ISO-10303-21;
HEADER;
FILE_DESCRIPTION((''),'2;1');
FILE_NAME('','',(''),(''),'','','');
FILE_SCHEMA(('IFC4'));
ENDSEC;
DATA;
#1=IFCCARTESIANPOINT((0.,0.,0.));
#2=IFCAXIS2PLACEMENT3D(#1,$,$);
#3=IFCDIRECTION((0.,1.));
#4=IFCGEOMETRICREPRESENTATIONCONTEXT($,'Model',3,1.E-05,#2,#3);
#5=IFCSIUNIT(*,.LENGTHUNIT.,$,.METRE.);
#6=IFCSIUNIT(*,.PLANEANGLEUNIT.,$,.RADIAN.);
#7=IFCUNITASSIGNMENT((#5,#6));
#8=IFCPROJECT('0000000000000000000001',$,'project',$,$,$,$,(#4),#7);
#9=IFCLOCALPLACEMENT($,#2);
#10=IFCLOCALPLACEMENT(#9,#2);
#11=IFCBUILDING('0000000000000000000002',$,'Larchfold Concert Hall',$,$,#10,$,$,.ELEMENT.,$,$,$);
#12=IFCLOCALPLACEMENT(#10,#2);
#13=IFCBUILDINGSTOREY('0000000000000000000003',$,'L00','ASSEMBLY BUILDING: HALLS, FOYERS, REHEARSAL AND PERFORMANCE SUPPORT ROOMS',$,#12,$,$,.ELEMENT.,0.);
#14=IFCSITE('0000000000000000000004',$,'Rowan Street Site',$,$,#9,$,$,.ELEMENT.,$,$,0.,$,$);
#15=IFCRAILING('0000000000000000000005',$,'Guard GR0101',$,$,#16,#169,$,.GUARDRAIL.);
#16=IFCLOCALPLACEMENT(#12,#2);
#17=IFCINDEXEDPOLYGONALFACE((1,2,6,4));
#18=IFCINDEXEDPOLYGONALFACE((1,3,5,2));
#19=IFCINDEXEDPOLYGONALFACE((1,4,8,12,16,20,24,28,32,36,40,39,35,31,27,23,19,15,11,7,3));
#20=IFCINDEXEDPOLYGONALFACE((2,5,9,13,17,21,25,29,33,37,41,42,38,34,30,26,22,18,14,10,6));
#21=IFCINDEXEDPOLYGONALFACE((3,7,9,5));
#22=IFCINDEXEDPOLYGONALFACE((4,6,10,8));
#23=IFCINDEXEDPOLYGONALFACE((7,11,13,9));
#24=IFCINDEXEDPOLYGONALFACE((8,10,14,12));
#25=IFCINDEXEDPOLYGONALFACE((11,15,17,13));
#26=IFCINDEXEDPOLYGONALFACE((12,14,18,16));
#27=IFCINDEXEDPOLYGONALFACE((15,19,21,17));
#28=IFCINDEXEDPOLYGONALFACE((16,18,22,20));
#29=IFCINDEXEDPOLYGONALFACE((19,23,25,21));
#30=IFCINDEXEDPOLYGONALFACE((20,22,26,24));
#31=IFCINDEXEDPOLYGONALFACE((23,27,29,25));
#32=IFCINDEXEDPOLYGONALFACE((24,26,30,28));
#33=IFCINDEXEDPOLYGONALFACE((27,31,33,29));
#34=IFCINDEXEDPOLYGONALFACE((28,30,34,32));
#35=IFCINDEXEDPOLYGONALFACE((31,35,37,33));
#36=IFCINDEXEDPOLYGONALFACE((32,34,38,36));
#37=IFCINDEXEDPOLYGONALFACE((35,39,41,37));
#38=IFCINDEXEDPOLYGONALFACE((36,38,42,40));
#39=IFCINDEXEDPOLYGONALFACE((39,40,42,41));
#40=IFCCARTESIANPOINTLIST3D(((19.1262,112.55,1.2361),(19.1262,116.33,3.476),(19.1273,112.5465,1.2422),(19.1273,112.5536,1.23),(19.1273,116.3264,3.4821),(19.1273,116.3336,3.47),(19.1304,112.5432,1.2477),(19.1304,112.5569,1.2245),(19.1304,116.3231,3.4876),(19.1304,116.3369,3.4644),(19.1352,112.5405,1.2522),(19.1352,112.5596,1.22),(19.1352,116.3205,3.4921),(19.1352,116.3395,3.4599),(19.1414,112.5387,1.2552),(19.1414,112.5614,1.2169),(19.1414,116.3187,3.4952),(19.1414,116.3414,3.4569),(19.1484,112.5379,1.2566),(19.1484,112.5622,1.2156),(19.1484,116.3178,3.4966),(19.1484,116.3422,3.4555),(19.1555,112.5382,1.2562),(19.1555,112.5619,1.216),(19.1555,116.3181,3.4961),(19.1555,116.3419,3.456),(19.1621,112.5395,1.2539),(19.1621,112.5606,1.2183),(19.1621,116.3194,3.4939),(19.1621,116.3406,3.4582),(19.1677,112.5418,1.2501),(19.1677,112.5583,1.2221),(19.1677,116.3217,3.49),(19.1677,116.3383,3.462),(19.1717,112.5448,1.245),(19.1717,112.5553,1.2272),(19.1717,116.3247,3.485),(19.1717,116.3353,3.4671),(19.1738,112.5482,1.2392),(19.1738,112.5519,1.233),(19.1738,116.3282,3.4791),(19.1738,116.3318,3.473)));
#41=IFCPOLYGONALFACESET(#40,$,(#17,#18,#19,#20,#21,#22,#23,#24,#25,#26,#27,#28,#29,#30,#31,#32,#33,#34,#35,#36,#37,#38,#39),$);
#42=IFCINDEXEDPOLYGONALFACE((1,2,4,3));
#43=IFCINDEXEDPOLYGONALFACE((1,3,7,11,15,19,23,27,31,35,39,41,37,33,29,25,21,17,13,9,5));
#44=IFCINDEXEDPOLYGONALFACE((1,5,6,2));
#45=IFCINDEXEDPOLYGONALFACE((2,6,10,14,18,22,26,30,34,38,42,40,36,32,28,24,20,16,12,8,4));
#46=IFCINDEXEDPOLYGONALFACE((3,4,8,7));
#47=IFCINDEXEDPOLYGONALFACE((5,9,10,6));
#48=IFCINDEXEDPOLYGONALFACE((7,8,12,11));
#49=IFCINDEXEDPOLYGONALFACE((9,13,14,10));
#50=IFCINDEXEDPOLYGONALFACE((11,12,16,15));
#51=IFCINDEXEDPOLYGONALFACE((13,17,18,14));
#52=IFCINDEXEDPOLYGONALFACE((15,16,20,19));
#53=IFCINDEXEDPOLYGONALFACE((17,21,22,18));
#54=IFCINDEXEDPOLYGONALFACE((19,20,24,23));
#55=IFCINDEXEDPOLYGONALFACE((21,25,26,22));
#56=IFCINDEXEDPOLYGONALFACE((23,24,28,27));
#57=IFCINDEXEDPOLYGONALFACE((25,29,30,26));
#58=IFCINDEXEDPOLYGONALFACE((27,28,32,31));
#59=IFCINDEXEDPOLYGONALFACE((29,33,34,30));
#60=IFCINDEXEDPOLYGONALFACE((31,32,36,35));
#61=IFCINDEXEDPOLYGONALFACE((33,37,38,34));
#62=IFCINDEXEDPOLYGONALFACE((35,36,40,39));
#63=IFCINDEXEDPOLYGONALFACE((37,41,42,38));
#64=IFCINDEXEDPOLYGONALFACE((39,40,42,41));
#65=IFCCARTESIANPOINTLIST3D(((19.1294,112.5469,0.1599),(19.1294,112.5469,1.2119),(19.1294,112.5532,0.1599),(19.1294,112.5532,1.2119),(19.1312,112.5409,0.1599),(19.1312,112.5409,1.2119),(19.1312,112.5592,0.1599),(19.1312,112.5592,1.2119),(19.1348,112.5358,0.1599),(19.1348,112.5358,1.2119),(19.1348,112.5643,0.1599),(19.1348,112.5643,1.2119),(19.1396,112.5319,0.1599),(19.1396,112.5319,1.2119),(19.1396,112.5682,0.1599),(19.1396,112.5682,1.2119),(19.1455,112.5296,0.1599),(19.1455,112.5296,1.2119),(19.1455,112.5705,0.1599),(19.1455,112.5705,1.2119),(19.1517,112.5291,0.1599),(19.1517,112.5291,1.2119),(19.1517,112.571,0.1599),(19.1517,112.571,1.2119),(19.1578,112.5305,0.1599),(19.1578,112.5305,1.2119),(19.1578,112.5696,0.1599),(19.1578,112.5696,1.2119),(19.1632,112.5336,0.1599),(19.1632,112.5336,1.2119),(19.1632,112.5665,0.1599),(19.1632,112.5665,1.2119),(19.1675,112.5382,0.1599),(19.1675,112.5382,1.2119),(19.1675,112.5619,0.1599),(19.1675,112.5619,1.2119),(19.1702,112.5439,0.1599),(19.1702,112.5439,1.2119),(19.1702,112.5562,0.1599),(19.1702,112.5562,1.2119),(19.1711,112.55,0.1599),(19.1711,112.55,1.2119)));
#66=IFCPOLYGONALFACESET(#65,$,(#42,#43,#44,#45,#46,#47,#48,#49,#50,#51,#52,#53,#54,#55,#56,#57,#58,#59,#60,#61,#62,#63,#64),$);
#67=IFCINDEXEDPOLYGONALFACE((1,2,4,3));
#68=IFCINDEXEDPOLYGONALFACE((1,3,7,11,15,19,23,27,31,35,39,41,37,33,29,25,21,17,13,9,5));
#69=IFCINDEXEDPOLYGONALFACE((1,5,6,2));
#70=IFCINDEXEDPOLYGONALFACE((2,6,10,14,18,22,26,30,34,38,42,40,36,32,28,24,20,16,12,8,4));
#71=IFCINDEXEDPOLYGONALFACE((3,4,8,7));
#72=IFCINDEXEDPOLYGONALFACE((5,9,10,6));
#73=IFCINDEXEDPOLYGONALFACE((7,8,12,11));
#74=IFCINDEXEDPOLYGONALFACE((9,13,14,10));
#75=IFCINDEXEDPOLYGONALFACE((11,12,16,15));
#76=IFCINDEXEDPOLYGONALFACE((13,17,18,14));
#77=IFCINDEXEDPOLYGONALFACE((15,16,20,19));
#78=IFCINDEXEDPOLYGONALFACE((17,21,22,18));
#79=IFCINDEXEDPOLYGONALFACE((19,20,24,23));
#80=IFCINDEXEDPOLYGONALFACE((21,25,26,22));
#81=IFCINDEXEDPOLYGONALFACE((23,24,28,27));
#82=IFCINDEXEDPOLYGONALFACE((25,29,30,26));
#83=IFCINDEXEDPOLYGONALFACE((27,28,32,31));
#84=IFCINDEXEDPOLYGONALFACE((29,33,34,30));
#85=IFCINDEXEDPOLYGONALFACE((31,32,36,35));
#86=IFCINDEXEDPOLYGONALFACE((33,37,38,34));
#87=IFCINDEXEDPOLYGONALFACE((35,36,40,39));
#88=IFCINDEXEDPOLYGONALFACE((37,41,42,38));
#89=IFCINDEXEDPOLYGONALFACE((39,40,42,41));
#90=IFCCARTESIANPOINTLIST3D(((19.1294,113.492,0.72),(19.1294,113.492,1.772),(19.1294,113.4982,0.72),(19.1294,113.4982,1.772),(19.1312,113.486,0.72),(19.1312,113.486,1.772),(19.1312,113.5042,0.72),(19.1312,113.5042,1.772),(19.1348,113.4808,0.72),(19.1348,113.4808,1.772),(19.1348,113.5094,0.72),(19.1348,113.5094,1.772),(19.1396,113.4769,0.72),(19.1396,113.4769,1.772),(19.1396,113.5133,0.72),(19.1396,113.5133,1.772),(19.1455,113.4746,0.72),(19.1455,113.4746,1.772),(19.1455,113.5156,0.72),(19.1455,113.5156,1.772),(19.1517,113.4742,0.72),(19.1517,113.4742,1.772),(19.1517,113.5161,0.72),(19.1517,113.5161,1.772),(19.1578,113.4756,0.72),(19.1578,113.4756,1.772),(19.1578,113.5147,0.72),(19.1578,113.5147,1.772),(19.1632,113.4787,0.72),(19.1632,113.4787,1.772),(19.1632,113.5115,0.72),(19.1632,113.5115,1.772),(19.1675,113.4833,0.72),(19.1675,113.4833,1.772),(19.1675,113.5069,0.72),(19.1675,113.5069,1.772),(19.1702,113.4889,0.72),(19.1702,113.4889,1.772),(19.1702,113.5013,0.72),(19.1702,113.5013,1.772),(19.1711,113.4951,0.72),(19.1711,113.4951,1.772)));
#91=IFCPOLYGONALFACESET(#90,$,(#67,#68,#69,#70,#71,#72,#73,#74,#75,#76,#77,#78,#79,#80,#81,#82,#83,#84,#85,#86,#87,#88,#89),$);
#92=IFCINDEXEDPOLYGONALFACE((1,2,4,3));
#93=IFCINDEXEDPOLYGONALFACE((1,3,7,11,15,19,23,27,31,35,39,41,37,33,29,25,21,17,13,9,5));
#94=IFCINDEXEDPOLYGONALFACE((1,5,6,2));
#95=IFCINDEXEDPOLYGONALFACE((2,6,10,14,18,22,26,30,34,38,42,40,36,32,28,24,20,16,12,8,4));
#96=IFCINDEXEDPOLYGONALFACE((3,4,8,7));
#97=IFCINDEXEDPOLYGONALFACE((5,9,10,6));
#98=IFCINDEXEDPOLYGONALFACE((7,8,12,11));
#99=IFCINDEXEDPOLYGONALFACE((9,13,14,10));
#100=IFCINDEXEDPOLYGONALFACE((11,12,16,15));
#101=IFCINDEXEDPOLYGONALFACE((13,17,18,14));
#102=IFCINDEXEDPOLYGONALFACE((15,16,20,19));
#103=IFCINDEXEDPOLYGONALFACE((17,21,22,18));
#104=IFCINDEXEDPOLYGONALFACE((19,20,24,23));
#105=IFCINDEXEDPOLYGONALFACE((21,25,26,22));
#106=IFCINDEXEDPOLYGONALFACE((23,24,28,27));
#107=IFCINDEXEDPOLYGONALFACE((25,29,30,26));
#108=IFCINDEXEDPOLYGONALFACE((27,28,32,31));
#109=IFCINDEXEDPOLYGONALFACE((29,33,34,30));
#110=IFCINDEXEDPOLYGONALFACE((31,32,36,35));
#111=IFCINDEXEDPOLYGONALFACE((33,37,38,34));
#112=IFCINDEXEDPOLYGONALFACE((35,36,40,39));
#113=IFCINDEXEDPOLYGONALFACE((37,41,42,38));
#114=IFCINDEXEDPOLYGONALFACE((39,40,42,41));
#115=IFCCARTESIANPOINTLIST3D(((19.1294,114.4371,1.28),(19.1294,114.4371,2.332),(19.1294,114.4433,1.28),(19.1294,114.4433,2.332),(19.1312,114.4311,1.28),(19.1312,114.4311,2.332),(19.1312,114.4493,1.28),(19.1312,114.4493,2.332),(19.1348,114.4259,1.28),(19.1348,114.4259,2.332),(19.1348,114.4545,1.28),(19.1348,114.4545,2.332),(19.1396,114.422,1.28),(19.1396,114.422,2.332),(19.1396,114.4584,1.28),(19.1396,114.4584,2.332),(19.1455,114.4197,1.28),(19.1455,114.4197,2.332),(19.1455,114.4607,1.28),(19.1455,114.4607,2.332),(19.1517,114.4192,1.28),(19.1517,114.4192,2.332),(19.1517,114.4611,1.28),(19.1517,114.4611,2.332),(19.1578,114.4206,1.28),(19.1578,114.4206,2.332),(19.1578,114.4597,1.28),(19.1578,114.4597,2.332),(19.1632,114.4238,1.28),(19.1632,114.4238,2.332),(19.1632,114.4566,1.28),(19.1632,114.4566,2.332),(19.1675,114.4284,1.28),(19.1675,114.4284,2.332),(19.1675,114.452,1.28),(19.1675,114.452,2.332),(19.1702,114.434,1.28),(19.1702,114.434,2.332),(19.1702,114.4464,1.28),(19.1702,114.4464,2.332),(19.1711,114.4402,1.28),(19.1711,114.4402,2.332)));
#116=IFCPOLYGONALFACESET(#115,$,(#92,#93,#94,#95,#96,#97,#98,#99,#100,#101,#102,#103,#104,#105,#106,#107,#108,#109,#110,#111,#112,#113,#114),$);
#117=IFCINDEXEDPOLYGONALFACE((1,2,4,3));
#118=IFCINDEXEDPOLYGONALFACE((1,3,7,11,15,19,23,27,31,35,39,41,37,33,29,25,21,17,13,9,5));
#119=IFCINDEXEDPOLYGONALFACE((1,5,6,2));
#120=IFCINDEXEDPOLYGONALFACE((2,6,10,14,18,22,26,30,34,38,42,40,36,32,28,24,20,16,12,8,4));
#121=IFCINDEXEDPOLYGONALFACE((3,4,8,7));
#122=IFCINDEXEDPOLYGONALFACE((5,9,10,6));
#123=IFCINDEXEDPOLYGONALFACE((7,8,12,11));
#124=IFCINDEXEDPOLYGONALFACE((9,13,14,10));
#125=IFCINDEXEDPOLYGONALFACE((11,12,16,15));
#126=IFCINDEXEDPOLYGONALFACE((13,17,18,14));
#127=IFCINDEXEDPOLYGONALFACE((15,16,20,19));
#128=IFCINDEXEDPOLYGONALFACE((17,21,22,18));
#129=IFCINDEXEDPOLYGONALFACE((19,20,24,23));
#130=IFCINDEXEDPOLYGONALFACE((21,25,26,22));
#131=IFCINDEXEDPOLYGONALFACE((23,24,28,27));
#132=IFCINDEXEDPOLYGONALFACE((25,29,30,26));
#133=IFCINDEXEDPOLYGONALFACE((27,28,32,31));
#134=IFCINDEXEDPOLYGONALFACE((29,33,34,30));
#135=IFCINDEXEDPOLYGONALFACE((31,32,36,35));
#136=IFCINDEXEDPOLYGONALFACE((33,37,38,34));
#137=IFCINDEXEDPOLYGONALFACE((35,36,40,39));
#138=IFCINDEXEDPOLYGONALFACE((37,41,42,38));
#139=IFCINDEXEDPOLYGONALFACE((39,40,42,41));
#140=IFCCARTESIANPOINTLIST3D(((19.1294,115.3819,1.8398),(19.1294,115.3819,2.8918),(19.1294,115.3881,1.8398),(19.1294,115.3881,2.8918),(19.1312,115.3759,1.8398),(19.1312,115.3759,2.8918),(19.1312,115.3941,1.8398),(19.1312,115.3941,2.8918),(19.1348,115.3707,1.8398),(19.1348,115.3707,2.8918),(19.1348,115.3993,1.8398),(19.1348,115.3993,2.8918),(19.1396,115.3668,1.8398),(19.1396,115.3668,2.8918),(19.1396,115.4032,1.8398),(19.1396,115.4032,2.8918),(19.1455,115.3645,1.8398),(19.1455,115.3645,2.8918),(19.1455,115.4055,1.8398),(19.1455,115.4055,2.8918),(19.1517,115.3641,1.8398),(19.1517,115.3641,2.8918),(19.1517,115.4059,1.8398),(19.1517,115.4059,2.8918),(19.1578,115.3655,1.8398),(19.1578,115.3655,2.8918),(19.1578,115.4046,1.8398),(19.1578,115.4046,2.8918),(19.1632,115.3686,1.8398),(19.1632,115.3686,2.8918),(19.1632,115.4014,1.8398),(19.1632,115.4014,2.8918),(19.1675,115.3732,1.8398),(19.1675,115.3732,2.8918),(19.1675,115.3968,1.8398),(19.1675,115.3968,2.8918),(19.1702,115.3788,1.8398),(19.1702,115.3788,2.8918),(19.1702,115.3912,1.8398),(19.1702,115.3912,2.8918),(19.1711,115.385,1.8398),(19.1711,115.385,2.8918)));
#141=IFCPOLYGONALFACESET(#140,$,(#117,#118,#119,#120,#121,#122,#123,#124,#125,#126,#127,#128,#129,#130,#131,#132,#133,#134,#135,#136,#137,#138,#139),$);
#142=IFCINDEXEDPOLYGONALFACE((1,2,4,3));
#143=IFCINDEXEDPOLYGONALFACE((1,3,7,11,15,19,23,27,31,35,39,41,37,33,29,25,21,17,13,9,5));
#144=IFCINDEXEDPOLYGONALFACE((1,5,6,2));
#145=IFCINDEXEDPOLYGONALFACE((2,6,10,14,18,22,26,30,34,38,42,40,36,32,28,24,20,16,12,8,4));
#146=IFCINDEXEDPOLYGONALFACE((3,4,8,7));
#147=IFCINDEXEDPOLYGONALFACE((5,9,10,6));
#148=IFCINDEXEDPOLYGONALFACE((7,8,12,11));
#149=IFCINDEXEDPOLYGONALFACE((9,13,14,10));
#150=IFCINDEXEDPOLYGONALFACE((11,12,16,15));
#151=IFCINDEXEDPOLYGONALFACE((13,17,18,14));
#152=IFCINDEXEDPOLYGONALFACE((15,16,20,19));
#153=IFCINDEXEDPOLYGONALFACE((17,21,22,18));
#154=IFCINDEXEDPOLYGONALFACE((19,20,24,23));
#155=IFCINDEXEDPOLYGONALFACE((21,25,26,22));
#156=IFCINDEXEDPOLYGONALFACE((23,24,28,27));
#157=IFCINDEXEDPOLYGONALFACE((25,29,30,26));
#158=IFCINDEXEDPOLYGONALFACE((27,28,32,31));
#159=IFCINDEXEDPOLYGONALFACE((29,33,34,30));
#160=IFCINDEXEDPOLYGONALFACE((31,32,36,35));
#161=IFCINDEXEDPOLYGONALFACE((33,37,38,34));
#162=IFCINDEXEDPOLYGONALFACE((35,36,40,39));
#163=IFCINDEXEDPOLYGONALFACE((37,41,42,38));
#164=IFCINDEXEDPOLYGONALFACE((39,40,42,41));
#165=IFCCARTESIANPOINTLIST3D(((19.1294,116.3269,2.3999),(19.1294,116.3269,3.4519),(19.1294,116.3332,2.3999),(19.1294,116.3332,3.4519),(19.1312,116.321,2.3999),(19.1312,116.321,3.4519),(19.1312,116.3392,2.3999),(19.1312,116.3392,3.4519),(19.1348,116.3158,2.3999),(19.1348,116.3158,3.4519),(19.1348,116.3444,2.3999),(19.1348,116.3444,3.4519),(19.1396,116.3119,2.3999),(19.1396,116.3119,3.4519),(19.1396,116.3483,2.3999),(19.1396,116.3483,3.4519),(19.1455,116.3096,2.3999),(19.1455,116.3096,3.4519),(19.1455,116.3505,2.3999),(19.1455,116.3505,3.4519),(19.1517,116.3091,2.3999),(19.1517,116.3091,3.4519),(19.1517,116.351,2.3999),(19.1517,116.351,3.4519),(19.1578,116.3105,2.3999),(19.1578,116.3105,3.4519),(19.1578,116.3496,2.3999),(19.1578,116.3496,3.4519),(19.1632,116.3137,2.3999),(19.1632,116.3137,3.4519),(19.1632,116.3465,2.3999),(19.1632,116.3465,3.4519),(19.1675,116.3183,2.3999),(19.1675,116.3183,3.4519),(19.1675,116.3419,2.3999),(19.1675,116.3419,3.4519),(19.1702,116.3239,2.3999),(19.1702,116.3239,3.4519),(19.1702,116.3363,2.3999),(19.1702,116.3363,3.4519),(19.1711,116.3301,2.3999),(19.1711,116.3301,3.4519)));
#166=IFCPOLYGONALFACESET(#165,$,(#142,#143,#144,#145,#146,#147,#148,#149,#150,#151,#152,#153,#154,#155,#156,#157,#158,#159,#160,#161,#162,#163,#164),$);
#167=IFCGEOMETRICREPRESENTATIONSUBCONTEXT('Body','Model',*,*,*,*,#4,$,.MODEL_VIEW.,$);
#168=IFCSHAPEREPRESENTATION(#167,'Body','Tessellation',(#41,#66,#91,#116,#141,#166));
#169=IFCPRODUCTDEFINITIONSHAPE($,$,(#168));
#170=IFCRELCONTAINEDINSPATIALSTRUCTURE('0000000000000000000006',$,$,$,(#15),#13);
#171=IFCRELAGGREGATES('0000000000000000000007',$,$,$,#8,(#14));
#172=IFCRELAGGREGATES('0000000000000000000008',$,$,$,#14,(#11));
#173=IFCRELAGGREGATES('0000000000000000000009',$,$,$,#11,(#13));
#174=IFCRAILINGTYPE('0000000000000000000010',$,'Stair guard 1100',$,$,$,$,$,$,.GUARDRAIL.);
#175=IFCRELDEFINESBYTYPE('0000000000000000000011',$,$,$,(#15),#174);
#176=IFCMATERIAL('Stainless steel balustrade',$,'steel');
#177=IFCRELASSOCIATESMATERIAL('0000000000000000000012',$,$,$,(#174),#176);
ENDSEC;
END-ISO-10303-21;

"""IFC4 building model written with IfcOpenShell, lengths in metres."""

from ifc_helpers import new_model, si_unit, direction, frame, origin, origin_2d, place, context, subcontext, project, spatial, circle, extrude, material, type_object, element, save


model = new_model("IFC4")

# Units and contexts
model_context = context("Model", 3, precision=1e-05, world=origin(), true_north=direction((0.0, 1.0)))
body_context = subcontext(model_context, "Body", "Model", "MODEL_VIEW")
ifc_project = project(units=[si_unit("LENGTHUNIT", "METRE"), si_unit("PLANEANGLEUNIT", "RADIAN")], contexts=[model_context])

# Site, building, storey
site_placement = place(None, origin())
site = spatial("IfcSite", under=ifc_project, at=site_placement, Name="Rowan Street Site", CompositionType="ELEMENT", RefElevation=0.0)
building_placement = place(site_placement, origin())
building = spatial("IfcBuilding", under=site, at=building_placement, Name="Larchfold Concert Hall", CompositionType="ELEMENT")
storey_placement = place(building_placement, origin())
storey = spatial("IfcBuildingStorey", under=building, at=storey_placement, Name="L00", Description="ASSEMBLY BUILDING: HALLS, FOYERS, REHEARSAL AND PERFORMANCE SUPPORT ROOMS", CompositionType="ELEMENT", Elevation=0.0)

# Railing
ifc_material_1 = material(Name="Stainless steel balustrade", Category="steel")
railing_type_1 = type_object("IfcRailingType", Name="Stair guard 1100", PredefinedType="GUARDRAIL", material=ifc_material_1)
railing_1_placement = place(storey_placement, frame((19.1501, 112.55, 0.1599)))
element("IfcRailing", 1, at=railing_1_placement, inside=storey, type_object=railing_type_1, Name="Guard GR0101", PredefinedType="GUARDRAIL", context=body_context, shape_type="SweptSolid", body=[
    extrude(circle(Radius=0.0239, at=origin_2d()), frame((0.0, 0.0, 1.0762), z_axis=(0.0, 0.860294, 0.509798), x_axis=(-1.0, 0.0, 0.0)), (0.0, 0.0, 1.0), 4.3938),
    extrude(circle(Radius=0.021, at=origin_2d()), origin(), (0.0, 0.0, 1.0), 1.052),
    extrude(circle(Radius=0.021, at=origin_2d()), frame((0.0, 0.9451, 0.5601)), (0.0, 0.0, 1.0), 1.052),
    extrude(circle(Radius=0.021, at=origin_2d()), frame((0.0, 1.8901, 1.1201)), (0.0, 0.0, 1.0), 1.052),
    extrude(circle(Radius=0.021, at=origin_2d()), frame((0.0, 2.835, 1.6799)), (0.0, 0.0, 1.0), 1.052),
    extrude(circle(Radius=0.021, at=origin_2d()), frame((0.0, 3.78, 2.24)), (0.0, 0.0, 1.0), 1.052),
])

save(model, "model.ifc")
